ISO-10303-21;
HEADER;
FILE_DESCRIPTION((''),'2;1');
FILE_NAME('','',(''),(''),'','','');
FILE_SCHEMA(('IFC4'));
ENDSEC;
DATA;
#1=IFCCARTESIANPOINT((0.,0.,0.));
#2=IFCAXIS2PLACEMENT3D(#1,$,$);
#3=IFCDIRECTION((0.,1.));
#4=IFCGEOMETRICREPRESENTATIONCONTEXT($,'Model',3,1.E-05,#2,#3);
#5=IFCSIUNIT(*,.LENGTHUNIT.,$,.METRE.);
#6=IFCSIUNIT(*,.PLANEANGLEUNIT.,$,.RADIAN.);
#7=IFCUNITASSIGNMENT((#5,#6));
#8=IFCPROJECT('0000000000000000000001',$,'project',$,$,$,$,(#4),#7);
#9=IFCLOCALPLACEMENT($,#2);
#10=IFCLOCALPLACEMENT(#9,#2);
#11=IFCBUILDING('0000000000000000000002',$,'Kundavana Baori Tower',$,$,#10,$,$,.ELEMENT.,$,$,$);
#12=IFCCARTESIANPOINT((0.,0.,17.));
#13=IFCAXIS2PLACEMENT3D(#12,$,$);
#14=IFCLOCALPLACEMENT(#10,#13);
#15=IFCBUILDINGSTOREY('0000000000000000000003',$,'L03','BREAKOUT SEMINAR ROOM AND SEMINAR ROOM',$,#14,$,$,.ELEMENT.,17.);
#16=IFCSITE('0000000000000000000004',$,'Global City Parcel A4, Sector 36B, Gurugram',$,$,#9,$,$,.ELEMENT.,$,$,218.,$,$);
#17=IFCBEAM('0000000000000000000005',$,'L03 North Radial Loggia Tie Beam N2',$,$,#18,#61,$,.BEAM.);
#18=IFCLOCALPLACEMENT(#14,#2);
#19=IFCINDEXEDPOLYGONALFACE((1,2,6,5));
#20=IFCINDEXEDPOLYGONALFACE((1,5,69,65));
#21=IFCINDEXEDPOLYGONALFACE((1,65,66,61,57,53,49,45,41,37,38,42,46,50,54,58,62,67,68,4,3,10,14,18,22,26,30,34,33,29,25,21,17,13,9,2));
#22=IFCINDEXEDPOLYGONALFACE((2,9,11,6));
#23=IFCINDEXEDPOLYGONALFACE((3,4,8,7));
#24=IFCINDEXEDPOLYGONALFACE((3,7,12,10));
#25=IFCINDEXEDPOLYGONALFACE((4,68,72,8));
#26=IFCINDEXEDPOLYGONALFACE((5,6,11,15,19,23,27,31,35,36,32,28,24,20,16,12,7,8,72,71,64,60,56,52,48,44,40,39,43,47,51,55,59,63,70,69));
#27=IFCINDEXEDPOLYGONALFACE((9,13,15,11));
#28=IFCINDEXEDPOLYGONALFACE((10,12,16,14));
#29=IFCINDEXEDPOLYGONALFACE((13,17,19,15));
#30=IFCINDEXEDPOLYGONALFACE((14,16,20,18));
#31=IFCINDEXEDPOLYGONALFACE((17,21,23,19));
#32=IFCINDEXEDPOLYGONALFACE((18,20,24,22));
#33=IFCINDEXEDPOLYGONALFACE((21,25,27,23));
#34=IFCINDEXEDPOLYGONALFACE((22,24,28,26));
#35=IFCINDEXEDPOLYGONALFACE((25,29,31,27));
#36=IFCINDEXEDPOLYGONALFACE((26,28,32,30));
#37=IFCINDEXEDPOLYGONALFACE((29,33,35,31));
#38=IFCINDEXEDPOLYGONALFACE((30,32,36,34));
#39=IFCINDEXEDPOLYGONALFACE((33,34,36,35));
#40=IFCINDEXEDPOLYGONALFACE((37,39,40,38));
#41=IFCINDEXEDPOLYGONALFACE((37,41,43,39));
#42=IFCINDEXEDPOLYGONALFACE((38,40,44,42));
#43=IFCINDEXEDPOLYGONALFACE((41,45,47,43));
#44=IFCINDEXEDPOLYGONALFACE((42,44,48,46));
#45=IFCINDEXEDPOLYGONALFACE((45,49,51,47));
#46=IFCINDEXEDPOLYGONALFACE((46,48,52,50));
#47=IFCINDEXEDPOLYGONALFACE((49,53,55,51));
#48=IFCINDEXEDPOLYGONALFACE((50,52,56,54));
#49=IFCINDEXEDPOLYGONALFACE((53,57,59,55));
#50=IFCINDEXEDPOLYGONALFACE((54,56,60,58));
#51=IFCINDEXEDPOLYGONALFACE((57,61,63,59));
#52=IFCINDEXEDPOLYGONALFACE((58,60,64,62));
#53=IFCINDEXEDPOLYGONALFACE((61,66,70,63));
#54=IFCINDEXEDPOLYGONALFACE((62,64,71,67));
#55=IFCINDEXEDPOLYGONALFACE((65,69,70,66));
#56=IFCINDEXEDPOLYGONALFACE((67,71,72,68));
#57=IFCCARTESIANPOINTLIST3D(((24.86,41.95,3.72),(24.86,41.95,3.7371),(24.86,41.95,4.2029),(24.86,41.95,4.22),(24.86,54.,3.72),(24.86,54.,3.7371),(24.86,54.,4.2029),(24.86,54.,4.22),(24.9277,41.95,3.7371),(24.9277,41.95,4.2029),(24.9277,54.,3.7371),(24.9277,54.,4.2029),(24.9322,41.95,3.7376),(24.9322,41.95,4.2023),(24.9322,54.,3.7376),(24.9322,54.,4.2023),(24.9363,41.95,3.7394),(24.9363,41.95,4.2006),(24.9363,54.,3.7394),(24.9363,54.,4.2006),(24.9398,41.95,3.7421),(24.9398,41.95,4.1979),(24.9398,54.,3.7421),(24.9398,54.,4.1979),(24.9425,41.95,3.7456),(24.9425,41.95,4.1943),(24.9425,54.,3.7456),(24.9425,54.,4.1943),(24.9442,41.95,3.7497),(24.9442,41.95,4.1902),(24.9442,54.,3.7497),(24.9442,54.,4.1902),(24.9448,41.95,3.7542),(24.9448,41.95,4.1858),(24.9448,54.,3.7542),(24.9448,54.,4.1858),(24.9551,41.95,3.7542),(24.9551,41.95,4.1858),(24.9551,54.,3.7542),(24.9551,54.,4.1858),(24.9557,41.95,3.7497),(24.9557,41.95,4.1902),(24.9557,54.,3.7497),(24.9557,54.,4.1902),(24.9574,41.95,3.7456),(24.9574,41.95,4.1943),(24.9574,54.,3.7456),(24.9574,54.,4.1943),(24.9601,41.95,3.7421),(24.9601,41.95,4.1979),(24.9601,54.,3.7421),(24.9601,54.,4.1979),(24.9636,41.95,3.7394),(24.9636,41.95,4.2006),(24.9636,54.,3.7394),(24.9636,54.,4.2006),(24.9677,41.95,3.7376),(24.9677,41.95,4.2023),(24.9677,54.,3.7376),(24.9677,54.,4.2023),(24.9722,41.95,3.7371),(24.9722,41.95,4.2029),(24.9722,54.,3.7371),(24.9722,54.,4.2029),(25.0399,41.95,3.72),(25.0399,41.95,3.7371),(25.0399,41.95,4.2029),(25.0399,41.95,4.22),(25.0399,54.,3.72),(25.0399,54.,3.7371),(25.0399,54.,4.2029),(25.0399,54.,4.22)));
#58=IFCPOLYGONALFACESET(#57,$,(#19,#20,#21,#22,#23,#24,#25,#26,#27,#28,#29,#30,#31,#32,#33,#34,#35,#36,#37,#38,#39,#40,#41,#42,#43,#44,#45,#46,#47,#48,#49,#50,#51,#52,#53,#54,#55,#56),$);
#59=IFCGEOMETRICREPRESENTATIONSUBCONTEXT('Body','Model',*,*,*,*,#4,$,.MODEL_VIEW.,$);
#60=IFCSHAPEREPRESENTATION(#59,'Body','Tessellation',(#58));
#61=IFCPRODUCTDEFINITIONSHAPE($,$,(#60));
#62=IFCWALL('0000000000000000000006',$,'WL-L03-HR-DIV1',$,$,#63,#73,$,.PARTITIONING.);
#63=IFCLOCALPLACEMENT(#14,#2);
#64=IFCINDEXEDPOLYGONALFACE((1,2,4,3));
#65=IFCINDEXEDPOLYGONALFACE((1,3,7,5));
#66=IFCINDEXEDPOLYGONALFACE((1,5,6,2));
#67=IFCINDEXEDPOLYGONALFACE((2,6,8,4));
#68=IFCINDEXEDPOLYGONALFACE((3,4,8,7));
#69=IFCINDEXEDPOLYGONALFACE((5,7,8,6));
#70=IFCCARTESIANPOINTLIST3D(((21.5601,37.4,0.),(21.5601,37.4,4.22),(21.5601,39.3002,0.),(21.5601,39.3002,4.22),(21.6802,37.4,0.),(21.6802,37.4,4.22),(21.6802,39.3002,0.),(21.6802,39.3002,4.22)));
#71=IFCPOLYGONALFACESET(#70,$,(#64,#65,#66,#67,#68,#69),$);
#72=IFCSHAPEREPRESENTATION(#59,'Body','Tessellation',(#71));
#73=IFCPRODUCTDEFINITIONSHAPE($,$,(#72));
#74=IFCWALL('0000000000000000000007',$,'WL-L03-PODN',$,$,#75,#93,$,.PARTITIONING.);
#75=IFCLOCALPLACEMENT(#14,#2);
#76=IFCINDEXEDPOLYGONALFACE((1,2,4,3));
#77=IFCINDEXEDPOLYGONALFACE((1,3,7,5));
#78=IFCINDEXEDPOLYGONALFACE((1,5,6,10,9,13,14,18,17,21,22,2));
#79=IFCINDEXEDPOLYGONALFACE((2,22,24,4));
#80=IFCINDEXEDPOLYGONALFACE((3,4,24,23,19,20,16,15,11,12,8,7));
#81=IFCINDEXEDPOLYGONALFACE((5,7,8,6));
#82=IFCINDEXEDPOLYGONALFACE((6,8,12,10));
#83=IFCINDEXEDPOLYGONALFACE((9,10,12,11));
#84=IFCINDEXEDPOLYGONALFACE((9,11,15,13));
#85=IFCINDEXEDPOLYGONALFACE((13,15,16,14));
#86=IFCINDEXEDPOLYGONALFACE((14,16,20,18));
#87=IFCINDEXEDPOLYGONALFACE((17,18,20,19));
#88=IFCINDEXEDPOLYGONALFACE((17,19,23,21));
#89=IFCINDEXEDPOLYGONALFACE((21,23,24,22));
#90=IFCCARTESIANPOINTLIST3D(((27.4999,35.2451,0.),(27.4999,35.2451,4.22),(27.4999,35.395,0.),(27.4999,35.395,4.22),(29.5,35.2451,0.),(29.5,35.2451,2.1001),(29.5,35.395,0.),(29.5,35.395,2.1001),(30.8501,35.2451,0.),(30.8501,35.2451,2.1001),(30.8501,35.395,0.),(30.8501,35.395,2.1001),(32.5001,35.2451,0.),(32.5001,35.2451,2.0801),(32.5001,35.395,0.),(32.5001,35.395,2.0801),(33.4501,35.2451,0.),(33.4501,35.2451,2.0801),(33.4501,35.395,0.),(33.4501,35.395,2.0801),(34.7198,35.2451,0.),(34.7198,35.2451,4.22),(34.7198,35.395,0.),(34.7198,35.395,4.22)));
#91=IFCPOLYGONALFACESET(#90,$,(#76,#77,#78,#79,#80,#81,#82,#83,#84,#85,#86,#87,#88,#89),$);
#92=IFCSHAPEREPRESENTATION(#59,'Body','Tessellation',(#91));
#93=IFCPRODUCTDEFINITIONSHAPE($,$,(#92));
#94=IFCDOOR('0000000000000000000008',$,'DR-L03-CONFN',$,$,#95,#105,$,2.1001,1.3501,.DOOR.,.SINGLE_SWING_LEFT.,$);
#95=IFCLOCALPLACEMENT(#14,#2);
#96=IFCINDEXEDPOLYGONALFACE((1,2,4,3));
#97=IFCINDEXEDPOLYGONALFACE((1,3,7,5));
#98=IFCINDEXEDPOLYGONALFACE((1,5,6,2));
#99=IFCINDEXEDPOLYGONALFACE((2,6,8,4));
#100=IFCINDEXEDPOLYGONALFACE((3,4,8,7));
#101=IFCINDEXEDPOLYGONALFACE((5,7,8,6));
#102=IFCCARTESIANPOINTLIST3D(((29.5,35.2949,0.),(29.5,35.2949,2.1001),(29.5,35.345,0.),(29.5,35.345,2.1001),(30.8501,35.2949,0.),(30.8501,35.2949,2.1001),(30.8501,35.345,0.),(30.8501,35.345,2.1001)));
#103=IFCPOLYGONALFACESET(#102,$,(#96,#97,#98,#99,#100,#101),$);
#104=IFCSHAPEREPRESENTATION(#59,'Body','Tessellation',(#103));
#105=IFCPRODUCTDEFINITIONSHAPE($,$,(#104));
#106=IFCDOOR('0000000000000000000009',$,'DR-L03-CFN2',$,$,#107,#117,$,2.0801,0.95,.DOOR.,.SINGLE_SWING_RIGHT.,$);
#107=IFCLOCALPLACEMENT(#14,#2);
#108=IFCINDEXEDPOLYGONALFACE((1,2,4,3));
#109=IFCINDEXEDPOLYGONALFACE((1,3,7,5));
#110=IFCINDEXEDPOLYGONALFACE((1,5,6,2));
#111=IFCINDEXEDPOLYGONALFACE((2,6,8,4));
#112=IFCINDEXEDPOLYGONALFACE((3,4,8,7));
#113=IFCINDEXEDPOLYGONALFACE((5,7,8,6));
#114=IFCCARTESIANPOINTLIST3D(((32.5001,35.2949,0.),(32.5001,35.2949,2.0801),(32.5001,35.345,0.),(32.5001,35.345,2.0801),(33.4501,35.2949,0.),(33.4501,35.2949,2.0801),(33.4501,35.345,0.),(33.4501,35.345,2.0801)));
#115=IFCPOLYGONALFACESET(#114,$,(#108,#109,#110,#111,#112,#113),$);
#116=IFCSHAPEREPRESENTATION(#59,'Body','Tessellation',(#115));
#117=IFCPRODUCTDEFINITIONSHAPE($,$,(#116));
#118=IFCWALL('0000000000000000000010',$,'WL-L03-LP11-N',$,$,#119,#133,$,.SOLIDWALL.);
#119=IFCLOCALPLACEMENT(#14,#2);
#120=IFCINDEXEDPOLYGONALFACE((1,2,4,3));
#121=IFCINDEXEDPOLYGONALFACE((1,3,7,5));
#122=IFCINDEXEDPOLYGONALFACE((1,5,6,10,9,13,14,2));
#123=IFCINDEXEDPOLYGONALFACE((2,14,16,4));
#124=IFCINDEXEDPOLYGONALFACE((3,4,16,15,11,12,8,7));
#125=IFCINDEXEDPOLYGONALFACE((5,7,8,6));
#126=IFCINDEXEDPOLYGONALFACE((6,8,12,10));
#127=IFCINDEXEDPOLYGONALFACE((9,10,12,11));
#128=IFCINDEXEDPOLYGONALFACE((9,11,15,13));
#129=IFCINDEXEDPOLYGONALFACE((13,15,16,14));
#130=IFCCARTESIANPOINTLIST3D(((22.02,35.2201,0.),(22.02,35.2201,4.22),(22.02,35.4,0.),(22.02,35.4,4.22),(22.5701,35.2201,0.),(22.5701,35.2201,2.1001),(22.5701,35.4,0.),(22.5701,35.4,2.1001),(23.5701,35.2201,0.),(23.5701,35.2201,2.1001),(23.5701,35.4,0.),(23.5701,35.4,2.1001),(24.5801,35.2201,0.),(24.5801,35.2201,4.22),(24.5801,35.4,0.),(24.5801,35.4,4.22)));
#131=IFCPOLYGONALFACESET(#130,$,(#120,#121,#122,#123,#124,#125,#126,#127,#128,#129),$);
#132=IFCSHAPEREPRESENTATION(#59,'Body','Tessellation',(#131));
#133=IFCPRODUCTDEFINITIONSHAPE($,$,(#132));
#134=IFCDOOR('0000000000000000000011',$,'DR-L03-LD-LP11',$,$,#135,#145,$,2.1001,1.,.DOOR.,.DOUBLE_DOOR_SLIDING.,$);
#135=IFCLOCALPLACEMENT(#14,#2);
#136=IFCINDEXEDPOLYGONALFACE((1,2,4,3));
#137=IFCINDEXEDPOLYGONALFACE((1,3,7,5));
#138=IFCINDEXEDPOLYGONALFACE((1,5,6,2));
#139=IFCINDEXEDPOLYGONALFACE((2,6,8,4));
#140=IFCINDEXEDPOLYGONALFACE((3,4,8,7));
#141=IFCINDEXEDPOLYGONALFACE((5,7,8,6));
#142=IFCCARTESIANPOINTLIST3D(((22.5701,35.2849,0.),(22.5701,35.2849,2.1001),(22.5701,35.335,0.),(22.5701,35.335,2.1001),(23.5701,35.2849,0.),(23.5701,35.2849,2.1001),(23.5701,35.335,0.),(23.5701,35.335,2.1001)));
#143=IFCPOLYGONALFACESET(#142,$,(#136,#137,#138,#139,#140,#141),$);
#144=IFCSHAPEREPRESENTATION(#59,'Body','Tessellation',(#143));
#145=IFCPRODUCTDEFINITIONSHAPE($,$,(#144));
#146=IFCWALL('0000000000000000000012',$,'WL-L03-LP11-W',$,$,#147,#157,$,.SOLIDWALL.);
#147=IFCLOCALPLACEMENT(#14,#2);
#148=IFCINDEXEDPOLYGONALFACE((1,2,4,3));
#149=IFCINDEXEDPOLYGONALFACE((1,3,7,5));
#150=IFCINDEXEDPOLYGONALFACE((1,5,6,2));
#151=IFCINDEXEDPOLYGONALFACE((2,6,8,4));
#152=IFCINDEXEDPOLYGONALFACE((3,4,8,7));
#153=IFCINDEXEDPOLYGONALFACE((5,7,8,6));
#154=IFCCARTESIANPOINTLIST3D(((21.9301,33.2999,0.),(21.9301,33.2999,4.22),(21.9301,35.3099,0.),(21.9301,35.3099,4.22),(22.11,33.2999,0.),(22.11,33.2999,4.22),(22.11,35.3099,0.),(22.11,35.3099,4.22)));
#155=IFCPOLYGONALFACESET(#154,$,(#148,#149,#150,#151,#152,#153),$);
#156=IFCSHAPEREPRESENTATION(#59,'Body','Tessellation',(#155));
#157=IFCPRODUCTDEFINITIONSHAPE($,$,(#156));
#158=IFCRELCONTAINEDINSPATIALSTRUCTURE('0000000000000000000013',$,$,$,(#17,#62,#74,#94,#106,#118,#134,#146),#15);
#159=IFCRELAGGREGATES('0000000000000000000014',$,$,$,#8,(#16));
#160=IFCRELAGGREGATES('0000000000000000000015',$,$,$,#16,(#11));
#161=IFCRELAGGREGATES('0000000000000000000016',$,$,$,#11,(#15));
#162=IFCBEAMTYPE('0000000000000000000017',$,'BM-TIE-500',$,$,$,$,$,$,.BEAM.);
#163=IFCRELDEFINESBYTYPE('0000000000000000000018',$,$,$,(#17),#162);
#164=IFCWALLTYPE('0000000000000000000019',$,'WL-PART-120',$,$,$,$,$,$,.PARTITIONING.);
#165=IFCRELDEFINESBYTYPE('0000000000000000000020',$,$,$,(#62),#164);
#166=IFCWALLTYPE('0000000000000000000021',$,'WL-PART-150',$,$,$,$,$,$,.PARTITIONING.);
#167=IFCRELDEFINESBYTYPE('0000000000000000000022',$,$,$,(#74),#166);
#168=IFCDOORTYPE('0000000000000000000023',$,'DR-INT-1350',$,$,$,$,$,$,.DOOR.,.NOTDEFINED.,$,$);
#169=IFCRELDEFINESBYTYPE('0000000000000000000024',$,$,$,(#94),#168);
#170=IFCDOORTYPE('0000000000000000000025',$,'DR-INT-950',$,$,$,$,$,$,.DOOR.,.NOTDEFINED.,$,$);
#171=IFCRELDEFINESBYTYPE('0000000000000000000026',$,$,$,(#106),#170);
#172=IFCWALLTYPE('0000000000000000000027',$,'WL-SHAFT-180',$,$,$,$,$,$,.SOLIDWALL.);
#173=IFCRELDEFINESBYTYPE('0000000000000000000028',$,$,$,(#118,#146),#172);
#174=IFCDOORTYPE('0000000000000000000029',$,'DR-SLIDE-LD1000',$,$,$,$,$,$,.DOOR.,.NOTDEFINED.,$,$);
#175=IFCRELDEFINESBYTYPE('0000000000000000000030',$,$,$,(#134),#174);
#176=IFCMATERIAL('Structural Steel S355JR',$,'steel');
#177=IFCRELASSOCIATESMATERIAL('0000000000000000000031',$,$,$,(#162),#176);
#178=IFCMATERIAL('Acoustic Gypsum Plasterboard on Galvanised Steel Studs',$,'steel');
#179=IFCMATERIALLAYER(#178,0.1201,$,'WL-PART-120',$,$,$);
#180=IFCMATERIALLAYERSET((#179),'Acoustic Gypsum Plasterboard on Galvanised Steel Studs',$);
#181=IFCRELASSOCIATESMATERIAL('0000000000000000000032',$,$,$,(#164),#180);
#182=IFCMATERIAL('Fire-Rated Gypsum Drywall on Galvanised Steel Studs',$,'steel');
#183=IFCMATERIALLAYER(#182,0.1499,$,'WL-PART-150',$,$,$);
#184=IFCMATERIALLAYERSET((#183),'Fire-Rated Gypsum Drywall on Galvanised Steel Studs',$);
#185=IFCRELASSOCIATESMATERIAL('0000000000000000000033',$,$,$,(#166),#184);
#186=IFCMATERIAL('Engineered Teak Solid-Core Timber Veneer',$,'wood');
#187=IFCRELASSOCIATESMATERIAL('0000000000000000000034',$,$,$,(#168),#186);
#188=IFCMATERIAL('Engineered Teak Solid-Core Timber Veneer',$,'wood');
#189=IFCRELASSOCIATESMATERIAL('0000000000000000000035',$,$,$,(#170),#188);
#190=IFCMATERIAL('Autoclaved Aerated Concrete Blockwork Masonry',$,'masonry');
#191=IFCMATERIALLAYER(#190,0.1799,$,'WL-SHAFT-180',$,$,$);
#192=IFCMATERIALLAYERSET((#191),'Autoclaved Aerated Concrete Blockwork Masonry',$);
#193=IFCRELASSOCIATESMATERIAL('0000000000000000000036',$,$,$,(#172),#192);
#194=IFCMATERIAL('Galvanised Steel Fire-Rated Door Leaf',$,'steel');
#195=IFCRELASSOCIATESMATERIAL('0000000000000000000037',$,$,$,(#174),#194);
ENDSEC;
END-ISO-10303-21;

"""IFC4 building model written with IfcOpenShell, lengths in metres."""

from ifc_helpers import new_model, si_unit, direction, frame, frame_2d, origin, origin_2d, place, context, subcontext, project, spatial, rectangle, i_section, extrude, material, layer, layer_set, material_profile, profile_set, type_object, element, fill, save


model = new_model("IFC4")

# Units and contexts
model_context = context("Model", 3, precision=1e-05, world=origin(), true_north=direction((0.0, 1.0)))
body_context = subcontext(model_context, "Body", "Model", "MODEL_VIEW")
ifc_project = project(units=[si_unit("LENGTHUNIT", "METRE"), si_unit("PLANEANGLEUNIT", "RADIAN")], contexts=[model_context])

# Site, building, storey
site_placement = place(None, origin())
site = spatial("IfcSite", under=ifc_project, at=site_placement, Name="Global City Parcel A4, Sector 36B, Gurugram", CompositionType="ELEMENT", RefElevation=218.0)
building_placement = place(site_placement, origin())
building = spatial("IfcBuilding", under=site, at=building_placement, Name="Kundavana Baori Tower", CompositionType="ELEMENT")
storey_placement = place(building_placement, frame((0.0, 0.0, 17.0)))
storey = spatial("IfcBuildingStorey", under=building, at=storey_placement, Name="L03", Description="BREAKOUT SEMINAR ROOM AND SEMINAR ROOM", CompositionType="ELEMENT", Elevation=17.0)

# Beam
ifc_material_1 = material(Name="Structural Steel S355JR", Category="steel")
ifc_material_profile_1 = material_profile(ifc_material_1, i_section(OverallWidth=0.1799, OverallDepth=0.5, WebThickness=0.0103, FlangeThickness=0.0171, FilletRadius=0.0171, at=origin_2d()), Name="ISMB 500")
ifc_profile_set_1 = profile_set([ifc_material_profile_1], Name="Structural Steel S355JR")
beam_type_1 = type_object("IfcBeamType", Name="BM-TIE-500", PredefinedType="BEAM", material=ifc_profile_set_1)
beam_1_placement = place(storey_placement, frame((24.95, 41.95, 3.97), z_axis=(0.0, 1.0, 0.0), x_axis=(-1.0, 0.0, 0.0)))
element("IfcBeam", 1, at=beam_1_placement, inside=storey, type_object=beam_type_1, Name="L03 North Radial Loggia Tie Beam N2", PredefinedType="BEAM", context=body_context, shape_type="SweptSolid", body=[
    extrude(i_section(OverallWidth=0.1799, OverallDepth=0.5, WebThickness=0.0103, FlangeThickness=0.0171, FilletRadius=0.0171, at=origin_2d()), origin(), (0.0, 0.0, 1.0), 12.05),
])

# Wall
ifc_material_2 = material(Name="Acoustic Gypsum Plasterboard on Galvanised Steel Studs", Category="steel")
ifc_layer_1 = layer(ifc_material_2, 0.1201, Name="WL-PART-120")
ifc_layer_set_1 = layer_set([ifc_layer_1], Name="Acoustic Gypsum Plasterboard on Galvanised Steel Studs")
wall_type_1 = type_object("IfcWallType", Name="WL-PART-120", PredefinedType="PARTITIONING", material=ifc_layer_set_1)
wall_1_placement = place(storey_placement, frame((21.6201, 37.3999, 0.0), z_axis=(0.0, 0.0, 1.0), x_axis=(0.0, 1.0, 0.0)))
element("IfcWall", 2, at=wall_1_placement, inside=storey, type_object=wall_type_1, Name="WL-L03-HR-DIV1", PredefinedType="PARTITIONING", context=body_context, shape_type="SweptSolid", body=[
    extrude(rectangle(XDim=1.9001, YDim=0.1201, at=frame_2d((0.9502, 0.0))), origin(), (0.0, 0.0, 1.0), 4.22),
])

# Wall, openings, doors
ifc_material_3 = material(Name="Fire-Rated Gypsum Drywall on Galvanised Steel Studs", Category="steel")
ifc_layer_2 = layer(ifc_material_3, 0.1499, Name="WL-PART-150")
ifc_layer_set_2 = layer_set([ifc_layer_2], Name="Fire-Rated Gypsum Drywall on Galvanised Steel Studs")
wall_type_2 = type_object("IfcWallType", Name="WL-PART-150", PredefinedType="PARTITIONING", material=ifc_layer_set_2)
wall_2_placement = place(storey_placement, frame((27.5, 35.3201, 0.0), z_axis=(0.0, 0.0, 1.0), x_axis=(1.0, 0.0, 0.0)))
wall_2 = element("IfcWall", 3, at=wall_2_placement, inside=storey, type_object=wall_type_2, Name="WL-L03-PODN", PredefinedType="PARTITIONING", context=body_context, shape_type="SweptSolid", body=[
    extrude(rectangle(XDim=7.22, YDim=0.1499, at=frame_2d((3.6099, 0.0))), origin(), (0.0, 0.0, 1.0), 4.22),
])
opening_1_placement = place(wall_2_placement, frame((5.0, 0.0, 0.0)))
opening_1 = element("IfcOpeningElement", 4, at=opening_1_placement, cuts=wall_2, PredefinedType="OPENING", context=body_context, shape_type="SweptSolid", body=[
    extrude(rectangle(XDim=0.95, YDim=2.0801, at=frame_2d((0.4751, 1.04))), frame((0.0, 0.085, 0.0), z_axis=(0.0, -1.0, 0.0), x_axis=(1.0, 0.0, 0.0)), (0.0, 0.0, 1.0), 0.1699),
])
opening_2_placement = place(wall_2_placement, frame((2.0, 0.0, 0.0)))
opening_2 = element("IfcOpeningElement", 5, at=opening_2_placement, cuts=wall_2, PredefinedType="OPENING", context=body_context, shape_type="SweptSolid", body=[
    extrude(rectangle(XDim=1.3501, YDim=2.1001, at=frame_2d((0.675, 1.05))), frame((0.0, 0.085, 0.0), z_axis=(0.0, -1.0, 0.0), x_axis=(1.0, 0.0, 0.0)), (0.0, 0.0, 1.0), 0.1699),
])
ifc_material_4 = material(Name="Engineered Teak Solid-Core Timber Veneer", Category="wood")
door_type_1 = type_object("IfcDoorType", Name="DR-INT-1350", OperationType="NOTDEFINED", PredefinedType="DOOR", material=ifc_material_4)
door_1_placement = place(opening_2_placement, origin())
door_1 = element("IfcDoor", 6, at=door_1_placement, inside=storey, type_object=door_type_1, Name="DR-L03-CONFN", OperationType="SINGLE_SWING_LEFT", OverallHeight=2.1001, OverallWidth=1.3501, PredefinedType="DOOR", context=body_context, shape_type="SweptSolid", body=[
    extrude(rectangle(XDim=1.3501, YDim=2.1001, at=frame_2d((0.675, 1.05))), frame((0.0, 0.0249, 0.0), z_axis=(0.0, -1.0, 0.0), x_axis=(1.0, 0.0, 0.0)), (0.0, 0.0, 1.0), 0.05),
])
fill(opening_2, door_1)
ifc_material_5 = material(Name="Engineered Teak Solid-Core Timber Veneer", Category="wood")
door_type_2 = type_object("IfcDoorType", Name="DR-INT-950", OperationType="NOTDEFINED", PredefinedType="DOOR", material=ifc_material_5)
door_2_placement = place(opening_1_placement, origin())
door_2 = element("IfcDoor", 7, at=door_2_placement, inside=storey, type_object=door_type_2, Name="DR-L03-CFN2", OperationType="SINGLE_SWING_RIGHT", OverallHeight=2.0801, OverallWidth=0.95, PredefinedType="DOOR", context=body_context, shape_type="SweptSolid", body=[
    extrude(rectangle(XDim=0.95, YDim=2.0801, at=frame_2d((0.4751, 1.04))), frame((0.0, 0.0249, 0.0), z_axis=(0.0, -1.0, 0.0), x_axis=(1.0, 0.0, 0.0)), (0.0, 0.0, 1.0), 0.05),
])
fill(opening_1, door_2)

# Wall, opening, door
ifc_material_6 = material(Name="Autoclaved Aerated Concrete Blockwork Masonry", Category="masonry")
ifc_layer_3 = layer(ifc_material_6, 0.1799, Name="WL-SHAFT-180")
ifc_layer_set_3 = layer_set([ifc_layer_3], Name="Autoclaved Aerated Concrete Blockwork Masonry")
wall_type_3 = type_object("IfcWallType", Name="WL-SHAFT-180", PredefinedType="SOLIDWALL", material=ifc_layer_set_3)
wall_3_placement = place(storey_placement, frame((22.02, 35.3101, 0.0), z_axis=(0.0, 0.0, 1.0), x_axis=(1.0, 0.0, 0.0)))
wall_3 = element("IfcWall", 8, at=wall_3_placement, inside=storey, type_object=wall_type_3, Name="WL-L03-LP11-N", PredefinedType="SOLIDWALL", context=body_context, shape_type="SweptSolid", body=[
    extrude(rectangle(XDim=2.5601, YDim=0.1799, at=frame_2d((1.28, 0.0))), origin(), (0.0, 0.0, 1.0), 4.22),
])
opening_3_placement = place(wall_3_placement, frame((0.55, 0.0, 0.0)))
opening_3 = element("IfcOpeningElement", 9, at=opening_3_placement, cuts=wall_3, PredefinedType="OPENING", context=body_context, shape_type="SweptSolid", body=[
    extrude(rectangle(XDim=1.0, YDim=2.1001, at=frame_2d((0.5, 1.05))), frame((0.0, 0.1001, 0.0), z_axis=(0.0, -1.0, 0.0), x_axis=(1.0, 0.0, 0.0)), (0.0, 0.0, 1.0), 0.2),
])
ifc_material_7 = material(Name="Galvanised Steel Fire-Rated Door Leaf", Category="steel")
door_type_3 = type_object("IfcDoorType", Name="DR-SLIDE-LD1000", OperationType="NOTDEFINED", PredefinedType="DOOR", material=ifc_material_7)
door_3_placement = place(opening_3_placement, origin())
door_3 = element("IfcDoor", 10, at=door_3_placement, inside=storey, type_object=door_type_3, Name="DR-L03-LD-LP11", OperationType="DOUBLE_DOOR_SLIDING", OverallHeight=2.1001, OverallWidth=1.0, PredefinedType="DOOR", context=body_context, shape_type="SweptSolid", body=[
    extrude(rectangle(XDim=1.0, YDim=2.1001, at=frame_2d((0.5, 1.05))), frame((0.0, 0.0249, 0.0), z_axis=(0.0, -1.0, 0.0), x_axis=(1.0, 0.0, 0.0)), (0.0, 0.0, 1.0), 0.05),
])
fill(opening_3, door_3)

# Wall
wall_4_placement = place(storey_placement, frame((22.02, 33.3, 0.0), z_axis=(0.0, 0.0, 1.0), x_axis=(0.0, 1.0, 0.0)))
element("IfcWall", 11, at=wall_4_placement, inside=storey, type_object=wall_type_3, Name="WL-L03-LP11-W", PredefinedType="SOLIDWALL", context=body_context, shape_type="SweptSolid", body=[
    extrude(rectangle(XDim=2.01, YDim=0.1799, at=frame_2d((1.0049, 0.0))), origin(), (0.0, 0.0, 1.0), 4.22),
])

save(model, "model.ifc")
